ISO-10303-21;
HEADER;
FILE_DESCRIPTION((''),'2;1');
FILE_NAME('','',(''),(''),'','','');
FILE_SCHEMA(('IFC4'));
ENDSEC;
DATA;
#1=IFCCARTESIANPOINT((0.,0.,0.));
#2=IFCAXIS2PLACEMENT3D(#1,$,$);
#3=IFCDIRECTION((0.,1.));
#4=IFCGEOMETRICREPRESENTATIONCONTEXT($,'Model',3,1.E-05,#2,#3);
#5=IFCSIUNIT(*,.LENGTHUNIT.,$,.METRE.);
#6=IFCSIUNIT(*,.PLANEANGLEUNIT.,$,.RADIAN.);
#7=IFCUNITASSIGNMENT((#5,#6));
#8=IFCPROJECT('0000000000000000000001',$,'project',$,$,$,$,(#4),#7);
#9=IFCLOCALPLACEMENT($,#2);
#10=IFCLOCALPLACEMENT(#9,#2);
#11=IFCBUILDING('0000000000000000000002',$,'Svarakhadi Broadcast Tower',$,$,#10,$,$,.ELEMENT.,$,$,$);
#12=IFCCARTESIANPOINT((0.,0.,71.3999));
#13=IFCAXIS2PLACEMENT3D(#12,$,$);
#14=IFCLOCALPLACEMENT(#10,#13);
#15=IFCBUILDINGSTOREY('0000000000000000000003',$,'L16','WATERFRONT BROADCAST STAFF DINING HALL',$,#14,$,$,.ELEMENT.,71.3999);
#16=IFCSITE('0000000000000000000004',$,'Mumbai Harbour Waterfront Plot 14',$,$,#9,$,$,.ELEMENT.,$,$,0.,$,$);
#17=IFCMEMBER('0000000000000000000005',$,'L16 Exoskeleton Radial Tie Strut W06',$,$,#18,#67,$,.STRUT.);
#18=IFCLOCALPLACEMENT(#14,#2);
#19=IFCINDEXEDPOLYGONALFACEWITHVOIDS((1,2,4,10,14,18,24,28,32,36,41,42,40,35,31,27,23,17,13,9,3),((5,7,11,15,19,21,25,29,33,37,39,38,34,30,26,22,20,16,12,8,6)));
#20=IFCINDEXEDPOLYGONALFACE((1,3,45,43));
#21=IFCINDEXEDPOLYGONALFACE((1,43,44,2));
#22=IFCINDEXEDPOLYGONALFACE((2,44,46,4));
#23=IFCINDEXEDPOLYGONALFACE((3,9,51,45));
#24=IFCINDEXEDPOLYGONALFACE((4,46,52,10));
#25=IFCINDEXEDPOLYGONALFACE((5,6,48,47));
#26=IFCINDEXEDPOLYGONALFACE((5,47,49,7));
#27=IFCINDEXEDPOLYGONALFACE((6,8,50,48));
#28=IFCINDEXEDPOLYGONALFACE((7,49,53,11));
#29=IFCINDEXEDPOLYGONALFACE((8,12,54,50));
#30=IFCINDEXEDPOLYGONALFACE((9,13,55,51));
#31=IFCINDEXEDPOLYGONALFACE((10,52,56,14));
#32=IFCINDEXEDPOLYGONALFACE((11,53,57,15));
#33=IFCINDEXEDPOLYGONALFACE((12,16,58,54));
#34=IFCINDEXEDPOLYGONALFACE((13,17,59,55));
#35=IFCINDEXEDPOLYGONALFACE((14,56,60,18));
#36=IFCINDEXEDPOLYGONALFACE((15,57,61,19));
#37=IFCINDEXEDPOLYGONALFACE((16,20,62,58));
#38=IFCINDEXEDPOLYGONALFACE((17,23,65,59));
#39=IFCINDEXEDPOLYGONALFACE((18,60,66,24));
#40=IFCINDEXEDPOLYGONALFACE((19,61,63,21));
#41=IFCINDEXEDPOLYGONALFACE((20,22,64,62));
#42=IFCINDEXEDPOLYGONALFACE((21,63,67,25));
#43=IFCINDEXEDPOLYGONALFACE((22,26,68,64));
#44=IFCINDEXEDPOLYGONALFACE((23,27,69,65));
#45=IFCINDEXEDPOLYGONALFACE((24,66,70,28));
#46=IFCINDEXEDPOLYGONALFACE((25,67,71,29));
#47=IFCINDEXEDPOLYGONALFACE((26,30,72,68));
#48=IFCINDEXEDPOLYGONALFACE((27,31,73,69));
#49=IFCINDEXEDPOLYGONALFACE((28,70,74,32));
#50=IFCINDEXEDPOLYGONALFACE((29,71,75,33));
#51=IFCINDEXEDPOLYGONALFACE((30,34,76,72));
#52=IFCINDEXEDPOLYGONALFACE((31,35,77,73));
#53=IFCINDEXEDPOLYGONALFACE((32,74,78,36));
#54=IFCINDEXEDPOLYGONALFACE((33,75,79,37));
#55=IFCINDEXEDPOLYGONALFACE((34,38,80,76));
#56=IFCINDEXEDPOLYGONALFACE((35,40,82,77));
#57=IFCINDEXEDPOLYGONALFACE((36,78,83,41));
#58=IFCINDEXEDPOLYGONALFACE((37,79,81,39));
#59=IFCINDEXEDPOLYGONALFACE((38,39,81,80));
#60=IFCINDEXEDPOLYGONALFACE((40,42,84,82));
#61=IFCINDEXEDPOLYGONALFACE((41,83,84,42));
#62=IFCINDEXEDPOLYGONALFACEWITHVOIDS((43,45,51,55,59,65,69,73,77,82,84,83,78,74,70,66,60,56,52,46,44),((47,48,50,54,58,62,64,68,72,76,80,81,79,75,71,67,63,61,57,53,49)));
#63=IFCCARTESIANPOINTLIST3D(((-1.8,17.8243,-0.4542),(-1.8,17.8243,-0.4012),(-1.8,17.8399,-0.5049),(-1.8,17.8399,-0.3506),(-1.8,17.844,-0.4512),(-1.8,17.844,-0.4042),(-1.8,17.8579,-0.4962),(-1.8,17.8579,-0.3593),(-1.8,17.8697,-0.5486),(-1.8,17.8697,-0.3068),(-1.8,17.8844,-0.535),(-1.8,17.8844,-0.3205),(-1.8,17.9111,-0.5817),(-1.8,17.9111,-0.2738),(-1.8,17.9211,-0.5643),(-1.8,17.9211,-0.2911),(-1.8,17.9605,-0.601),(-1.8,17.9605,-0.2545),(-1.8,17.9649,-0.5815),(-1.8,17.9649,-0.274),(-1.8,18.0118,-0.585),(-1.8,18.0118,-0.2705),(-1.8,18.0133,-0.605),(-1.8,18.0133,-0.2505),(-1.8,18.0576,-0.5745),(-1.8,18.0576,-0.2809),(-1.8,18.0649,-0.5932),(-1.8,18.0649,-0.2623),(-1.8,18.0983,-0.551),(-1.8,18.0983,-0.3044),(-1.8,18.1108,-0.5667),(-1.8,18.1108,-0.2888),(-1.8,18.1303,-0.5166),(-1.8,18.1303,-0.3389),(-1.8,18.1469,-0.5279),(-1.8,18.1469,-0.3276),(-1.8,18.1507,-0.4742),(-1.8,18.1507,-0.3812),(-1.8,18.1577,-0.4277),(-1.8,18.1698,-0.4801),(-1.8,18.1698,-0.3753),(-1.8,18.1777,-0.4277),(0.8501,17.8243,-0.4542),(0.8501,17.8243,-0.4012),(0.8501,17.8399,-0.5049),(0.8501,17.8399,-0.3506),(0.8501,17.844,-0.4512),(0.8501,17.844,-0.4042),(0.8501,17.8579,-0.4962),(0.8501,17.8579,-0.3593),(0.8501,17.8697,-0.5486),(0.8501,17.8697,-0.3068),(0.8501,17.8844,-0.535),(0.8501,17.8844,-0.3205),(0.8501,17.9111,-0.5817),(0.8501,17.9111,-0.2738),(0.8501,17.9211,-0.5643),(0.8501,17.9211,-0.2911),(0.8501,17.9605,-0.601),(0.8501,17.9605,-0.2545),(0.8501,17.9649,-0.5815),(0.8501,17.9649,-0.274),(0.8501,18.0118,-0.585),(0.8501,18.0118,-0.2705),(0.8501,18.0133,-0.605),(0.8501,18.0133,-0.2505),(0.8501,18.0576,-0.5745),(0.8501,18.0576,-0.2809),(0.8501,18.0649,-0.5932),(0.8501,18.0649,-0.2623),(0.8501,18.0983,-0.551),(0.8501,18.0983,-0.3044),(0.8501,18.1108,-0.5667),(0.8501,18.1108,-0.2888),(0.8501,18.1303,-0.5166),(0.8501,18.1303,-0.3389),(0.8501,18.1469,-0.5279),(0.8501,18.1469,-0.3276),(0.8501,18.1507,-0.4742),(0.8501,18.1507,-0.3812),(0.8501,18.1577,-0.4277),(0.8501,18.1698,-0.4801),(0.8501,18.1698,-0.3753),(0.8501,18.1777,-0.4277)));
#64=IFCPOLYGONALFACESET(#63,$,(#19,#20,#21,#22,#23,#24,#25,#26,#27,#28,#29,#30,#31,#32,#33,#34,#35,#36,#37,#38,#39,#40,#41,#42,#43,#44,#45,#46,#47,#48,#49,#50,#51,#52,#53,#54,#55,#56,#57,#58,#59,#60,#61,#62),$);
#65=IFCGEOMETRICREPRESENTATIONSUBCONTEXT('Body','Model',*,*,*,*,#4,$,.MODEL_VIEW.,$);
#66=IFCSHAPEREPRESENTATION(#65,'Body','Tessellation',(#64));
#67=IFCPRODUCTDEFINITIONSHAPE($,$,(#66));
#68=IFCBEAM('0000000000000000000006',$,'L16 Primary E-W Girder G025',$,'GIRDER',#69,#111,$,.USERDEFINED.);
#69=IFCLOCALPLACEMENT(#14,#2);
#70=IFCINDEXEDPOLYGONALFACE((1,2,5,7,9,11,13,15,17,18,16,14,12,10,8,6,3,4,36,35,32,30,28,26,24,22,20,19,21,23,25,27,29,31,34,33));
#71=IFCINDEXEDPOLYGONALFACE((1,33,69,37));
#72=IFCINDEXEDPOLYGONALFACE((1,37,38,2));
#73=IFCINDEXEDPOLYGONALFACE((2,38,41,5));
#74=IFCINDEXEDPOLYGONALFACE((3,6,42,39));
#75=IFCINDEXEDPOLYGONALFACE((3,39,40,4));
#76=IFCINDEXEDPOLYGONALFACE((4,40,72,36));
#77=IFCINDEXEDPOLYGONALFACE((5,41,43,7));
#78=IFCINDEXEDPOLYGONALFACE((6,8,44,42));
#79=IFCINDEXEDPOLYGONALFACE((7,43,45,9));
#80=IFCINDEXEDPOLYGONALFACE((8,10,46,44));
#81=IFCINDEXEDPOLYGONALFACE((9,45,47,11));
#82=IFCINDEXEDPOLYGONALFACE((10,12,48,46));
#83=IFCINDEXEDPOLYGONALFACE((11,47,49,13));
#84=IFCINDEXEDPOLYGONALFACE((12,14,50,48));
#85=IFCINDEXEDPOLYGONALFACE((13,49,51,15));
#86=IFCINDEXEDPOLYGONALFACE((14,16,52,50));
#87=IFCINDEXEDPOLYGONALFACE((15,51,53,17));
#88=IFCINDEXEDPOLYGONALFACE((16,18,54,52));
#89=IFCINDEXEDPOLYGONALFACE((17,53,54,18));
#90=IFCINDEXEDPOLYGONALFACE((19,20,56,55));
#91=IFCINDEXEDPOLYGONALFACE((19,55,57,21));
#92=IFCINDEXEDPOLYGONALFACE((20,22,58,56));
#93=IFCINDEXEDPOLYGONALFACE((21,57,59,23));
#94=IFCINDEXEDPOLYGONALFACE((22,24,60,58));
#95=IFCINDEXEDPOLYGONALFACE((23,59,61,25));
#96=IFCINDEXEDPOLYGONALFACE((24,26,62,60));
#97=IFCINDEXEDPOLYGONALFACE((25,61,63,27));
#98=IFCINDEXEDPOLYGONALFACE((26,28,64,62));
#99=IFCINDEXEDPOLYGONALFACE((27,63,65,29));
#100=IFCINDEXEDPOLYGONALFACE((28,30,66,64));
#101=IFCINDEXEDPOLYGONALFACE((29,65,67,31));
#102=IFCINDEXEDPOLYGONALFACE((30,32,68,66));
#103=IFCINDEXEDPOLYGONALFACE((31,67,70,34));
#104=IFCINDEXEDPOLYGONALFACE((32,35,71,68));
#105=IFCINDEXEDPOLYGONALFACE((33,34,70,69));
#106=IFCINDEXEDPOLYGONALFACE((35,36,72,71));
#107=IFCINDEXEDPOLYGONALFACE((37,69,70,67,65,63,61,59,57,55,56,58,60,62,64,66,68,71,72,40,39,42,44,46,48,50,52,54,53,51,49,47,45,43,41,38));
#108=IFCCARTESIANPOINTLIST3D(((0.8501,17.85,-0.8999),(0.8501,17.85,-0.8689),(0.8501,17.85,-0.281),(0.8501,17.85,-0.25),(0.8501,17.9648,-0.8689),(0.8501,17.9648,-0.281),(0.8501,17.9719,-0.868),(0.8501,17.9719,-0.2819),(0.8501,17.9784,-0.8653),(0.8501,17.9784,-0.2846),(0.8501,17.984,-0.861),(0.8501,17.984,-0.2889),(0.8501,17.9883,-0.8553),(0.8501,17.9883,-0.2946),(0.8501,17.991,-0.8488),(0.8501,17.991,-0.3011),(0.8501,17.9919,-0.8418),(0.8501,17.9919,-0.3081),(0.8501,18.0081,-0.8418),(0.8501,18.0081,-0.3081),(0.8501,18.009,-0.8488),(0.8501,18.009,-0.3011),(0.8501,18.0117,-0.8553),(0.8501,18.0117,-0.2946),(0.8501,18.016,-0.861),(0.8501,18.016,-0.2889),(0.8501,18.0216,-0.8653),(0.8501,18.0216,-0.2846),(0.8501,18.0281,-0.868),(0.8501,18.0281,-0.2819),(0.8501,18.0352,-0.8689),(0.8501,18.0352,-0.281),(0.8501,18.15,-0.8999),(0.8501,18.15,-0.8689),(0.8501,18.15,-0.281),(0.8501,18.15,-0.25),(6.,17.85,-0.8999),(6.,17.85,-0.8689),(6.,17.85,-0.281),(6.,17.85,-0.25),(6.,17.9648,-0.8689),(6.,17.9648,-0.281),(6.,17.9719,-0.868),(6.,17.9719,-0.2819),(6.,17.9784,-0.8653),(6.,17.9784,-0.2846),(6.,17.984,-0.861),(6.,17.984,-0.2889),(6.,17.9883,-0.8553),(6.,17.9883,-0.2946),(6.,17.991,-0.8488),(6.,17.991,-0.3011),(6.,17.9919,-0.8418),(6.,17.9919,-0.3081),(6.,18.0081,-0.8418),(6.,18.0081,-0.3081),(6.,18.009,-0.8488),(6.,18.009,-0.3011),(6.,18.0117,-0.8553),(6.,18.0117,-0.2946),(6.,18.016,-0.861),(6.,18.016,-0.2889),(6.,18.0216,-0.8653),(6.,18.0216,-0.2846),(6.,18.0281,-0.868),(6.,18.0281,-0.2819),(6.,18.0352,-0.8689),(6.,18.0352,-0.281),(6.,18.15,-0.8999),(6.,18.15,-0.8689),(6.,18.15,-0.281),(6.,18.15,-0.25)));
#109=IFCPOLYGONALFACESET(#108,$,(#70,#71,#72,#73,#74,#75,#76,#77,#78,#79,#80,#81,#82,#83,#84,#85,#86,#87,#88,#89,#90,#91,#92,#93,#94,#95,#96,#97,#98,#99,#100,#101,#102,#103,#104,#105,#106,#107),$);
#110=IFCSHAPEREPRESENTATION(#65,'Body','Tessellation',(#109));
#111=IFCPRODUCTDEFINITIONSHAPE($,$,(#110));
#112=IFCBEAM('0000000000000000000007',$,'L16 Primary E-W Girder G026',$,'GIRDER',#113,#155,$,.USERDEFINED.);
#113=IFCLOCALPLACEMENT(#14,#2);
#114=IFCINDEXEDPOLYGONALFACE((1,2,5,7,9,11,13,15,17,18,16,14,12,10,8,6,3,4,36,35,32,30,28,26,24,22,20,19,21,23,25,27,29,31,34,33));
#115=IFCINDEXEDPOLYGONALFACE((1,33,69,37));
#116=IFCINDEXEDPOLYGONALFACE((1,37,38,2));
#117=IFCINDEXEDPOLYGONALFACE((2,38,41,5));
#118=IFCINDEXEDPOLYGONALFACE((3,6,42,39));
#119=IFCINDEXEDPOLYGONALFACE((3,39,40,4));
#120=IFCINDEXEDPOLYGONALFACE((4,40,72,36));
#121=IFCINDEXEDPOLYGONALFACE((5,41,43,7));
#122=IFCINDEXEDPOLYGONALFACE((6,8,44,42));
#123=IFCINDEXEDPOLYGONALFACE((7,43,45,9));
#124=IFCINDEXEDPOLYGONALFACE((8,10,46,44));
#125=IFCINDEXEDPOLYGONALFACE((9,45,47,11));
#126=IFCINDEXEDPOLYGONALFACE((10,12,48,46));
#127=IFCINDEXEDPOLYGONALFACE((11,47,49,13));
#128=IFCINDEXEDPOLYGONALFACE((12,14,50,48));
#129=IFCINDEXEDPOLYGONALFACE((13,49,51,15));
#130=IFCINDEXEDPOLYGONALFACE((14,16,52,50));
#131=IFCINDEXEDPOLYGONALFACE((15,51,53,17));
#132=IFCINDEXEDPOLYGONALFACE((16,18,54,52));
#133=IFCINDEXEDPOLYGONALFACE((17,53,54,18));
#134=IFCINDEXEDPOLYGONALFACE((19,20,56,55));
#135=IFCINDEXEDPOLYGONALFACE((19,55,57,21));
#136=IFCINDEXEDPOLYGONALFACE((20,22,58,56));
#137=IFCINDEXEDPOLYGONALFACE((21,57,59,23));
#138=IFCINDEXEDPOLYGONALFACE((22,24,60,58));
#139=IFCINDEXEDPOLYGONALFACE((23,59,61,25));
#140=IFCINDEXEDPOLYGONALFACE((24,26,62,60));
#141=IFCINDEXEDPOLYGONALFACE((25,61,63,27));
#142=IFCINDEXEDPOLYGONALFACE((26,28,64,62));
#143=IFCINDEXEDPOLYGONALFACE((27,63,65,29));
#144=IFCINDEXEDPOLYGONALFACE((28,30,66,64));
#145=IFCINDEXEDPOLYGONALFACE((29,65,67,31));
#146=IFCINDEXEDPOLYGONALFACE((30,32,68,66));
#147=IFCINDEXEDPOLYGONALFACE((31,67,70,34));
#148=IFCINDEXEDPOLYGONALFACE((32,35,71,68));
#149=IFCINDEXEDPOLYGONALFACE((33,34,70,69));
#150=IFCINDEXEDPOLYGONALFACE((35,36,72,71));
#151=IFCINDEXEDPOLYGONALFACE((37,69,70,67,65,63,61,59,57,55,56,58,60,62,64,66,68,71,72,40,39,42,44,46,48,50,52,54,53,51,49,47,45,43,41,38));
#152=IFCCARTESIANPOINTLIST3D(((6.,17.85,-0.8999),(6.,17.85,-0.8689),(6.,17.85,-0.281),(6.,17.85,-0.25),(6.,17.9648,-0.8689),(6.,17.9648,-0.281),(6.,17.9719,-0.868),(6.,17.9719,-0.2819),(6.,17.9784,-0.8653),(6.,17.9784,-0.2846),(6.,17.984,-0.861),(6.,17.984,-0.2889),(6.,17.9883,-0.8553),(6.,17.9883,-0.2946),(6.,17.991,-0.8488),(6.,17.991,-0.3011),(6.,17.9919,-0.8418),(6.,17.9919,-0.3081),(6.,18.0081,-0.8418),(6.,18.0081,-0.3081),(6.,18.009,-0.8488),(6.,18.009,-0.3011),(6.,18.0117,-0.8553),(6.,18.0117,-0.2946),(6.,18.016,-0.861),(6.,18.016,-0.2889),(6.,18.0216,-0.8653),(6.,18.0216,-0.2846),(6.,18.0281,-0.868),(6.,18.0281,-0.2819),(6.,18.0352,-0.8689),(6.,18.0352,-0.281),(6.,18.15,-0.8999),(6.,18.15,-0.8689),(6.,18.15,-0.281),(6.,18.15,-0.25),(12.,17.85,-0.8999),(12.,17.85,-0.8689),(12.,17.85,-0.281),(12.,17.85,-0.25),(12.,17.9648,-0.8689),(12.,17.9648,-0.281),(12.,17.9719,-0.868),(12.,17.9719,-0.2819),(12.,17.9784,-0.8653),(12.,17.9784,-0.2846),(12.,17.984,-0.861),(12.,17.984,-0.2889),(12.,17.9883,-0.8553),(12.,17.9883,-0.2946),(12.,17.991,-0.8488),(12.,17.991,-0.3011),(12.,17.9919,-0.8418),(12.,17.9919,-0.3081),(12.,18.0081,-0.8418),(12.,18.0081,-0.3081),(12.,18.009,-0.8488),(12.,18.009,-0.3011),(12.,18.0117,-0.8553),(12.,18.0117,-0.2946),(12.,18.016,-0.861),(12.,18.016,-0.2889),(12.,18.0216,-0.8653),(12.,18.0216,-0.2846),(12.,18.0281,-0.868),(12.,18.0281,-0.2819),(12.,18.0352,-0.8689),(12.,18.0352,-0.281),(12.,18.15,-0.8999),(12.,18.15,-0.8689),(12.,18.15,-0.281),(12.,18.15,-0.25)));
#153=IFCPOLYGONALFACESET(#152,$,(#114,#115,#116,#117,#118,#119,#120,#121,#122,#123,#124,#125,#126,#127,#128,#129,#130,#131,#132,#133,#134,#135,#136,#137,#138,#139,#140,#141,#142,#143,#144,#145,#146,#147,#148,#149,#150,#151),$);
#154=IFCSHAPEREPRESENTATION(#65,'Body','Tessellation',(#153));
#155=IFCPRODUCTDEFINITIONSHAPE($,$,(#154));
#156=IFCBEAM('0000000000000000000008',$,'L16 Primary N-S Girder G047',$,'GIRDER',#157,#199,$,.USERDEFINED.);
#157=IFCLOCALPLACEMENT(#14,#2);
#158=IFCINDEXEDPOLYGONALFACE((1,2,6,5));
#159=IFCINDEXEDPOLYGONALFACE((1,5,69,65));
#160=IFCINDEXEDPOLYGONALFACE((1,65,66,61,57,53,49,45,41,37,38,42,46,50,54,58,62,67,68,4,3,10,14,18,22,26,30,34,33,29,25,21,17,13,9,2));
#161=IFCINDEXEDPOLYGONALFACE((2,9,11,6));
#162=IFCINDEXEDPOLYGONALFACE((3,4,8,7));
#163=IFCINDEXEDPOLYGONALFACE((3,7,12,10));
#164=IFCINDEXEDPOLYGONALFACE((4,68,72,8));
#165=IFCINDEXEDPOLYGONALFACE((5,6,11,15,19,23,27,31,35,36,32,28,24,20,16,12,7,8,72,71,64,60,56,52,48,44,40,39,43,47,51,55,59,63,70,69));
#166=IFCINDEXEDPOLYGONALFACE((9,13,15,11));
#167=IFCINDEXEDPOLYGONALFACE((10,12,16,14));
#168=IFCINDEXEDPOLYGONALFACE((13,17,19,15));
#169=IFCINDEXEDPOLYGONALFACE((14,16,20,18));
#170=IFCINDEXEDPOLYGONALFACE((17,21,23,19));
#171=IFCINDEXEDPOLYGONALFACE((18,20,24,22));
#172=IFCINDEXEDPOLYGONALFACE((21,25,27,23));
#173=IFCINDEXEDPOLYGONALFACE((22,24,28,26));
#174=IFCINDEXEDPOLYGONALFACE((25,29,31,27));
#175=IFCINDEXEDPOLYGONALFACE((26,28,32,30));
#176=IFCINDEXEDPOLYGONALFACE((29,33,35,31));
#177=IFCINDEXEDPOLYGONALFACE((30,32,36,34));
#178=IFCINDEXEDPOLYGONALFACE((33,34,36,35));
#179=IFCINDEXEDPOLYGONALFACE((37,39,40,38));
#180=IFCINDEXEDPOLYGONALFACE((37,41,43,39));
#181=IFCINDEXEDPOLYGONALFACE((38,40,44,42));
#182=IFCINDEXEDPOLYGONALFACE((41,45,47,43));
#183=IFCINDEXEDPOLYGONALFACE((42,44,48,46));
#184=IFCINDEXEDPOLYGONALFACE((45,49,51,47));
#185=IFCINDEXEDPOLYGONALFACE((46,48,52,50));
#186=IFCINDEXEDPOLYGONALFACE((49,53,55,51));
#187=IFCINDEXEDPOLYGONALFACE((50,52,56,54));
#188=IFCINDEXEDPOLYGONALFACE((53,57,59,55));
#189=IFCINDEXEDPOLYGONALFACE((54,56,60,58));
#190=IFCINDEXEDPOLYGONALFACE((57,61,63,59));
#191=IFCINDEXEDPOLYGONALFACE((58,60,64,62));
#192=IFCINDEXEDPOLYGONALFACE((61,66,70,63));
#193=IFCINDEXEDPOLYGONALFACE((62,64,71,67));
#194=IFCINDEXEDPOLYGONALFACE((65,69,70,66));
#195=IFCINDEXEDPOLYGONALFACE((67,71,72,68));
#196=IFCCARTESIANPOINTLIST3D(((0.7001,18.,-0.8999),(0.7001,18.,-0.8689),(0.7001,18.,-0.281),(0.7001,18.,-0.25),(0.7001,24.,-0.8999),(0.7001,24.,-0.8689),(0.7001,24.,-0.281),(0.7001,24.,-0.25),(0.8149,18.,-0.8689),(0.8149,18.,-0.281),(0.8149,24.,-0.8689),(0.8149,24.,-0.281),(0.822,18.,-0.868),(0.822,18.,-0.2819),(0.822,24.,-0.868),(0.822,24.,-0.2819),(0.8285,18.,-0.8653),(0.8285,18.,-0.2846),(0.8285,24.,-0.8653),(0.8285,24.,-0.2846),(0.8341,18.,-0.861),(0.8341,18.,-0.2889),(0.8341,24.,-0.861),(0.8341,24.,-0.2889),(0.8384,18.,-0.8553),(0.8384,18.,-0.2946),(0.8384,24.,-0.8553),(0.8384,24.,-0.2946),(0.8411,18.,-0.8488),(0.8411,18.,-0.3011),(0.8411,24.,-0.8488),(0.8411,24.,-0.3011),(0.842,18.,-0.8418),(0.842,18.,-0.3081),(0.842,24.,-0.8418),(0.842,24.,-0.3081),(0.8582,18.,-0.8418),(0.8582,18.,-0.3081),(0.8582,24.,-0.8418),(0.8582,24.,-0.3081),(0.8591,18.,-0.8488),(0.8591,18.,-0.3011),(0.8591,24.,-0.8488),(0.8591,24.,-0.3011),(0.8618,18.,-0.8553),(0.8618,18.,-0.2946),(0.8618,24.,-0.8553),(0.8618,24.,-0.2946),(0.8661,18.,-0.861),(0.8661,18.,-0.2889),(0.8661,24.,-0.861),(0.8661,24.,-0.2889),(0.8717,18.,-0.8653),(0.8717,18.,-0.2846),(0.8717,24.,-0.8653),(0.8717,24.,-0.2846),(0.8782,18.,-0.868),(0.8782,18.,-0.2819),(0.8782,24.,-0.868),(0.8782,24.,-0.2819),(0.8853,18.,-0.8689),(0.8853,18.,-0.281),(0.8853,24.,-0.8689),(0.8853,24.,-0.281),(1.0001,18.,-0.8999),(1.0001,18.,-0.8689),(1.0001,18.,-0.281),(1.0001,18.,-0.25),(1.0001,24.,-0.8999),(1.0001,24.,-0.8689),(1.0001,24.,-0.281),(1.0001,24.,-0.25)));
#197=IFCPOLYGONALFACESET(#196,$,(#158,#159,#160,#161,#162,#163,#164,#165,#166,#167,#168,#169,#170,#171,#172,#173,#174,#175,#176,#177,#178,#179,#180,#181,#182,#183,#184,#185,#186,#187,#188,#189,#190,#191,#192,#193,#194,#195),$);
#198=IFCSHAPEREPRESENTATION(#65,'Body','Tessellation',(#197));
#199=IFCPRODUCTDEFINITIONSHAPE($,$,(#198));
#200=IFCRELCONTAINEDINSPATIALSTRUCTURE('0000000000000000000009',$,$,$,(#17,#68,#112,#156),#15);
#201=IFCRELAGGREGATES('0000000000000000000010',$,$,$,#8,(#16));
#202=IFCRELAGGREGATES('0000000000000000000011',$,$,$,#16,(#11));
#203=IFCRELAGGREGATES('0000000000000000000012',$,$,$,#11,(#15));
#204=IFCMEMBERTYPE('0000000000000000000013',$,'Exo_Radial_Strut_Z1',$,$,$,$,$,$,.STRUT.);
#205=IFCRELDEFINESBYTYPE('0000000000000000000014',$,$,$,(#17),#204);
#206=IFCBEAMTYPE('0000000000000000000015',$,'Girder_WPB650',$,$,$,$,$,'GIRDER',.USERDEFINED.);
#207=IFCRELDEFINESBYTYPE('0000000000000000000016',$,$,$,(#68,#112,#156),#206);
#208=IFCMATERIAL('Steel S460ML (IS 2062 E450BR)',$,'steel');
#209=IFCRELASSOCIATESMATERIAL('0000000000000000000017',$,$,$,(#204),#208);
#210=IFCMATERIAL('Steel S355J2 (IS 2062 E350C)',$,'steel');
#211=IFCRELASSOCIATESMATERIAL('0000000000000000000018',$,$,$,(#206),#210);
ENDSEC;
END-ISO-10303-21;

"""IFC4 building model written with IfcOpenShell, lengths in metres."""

from ifc_helpers import new_model, si_unit, direction, frame, origin, origin_2d, place, context, subcontext, project, spatial, hollow_circle, i_section, extrude, material, material_profile, profile_set, type_object, element, save


model = new_model("IFC4")

# Units and contexts
model_context = context("Model", 3, precision=1e-05, world=origin(), true_north=direction((0.0, 1.0)))
body_context = subcontext(model_context, "Body", "Model", "MODEL_VIEW")
ifc_project = project(units=[si_unit("LENGTHUNIT", "METRE"), si_unit("PLANEANGLEUNIT", "RADIAN")], contexts=[model_context])

# Site, building, storey
site_placement = place(None, origin())
site = spatial("IfcSite", under=ifc_project, at=site_placement, Name="Mumbai Harbour Waterfront Plot 14", CompositionType="ELEMENT", RefElevation=0.0)
building_placement = place(site_placement, origin())
building = spatial("IfcBuilding", under=site, at=building_placement, Name="Svarakhadi Broadcast Tower", CompositionType="ELEMENT")
storey_placement = place(building_placement, frame((0.0, 0.0, 71.3999)))
storey = spatial("IfcBuildingStorey", under=building, at=storey_placement, Name="L16", Description="WATERFRONT BROADCAST STAFF DINING HALL", CompositionType="ELEMENT", Elevation=71.3999)

# Shared definitions
ifc_material_1 = material(Name="Steel S460ML (IS 2062 E450BR)", Category="steel")

# Shared definitions
ifc_material_2 = material(Name="Steel S355J2 (IS 2062 E350C)", Category="steel")

# Member
ifc_material_profile_1 = material_profile(ifc_material_1, hollow_circle(Radius=0.1777, WallThickness=0.02, at=origin_2d()), Name="CHS 355.6x20")
ifc_profile_set_1 = profile_set([ifc_material_profile_1], Name="Steel S460ML (IS 2062 E450BR)")
member_type_1 = type_object("IfcMemberType", Name="Exo_Radial_Strut_Z1", PredefinedType="STRUT", material=ifc_profile_set_1)
member_1_placement = place(storey_placement, frame((-1.8, 18.0, -0.4277), z_axis=(1.0, 0.0, 0.0), x_axis=(0.0, 1.0, 0.0)))
element("IfcMember", 1, at=member_1_placement, inside=storey, type_object=member_type_1, Name="L16 Exoskeleton Radial Tie Strut W06", PredefinedType="STRUT", context=body_context, shape_type="SweptSolid", body=[
    extrude(hollow_circle(Radius=0.1777, WallThickness=0.02, at=origin_2d()), origin(), (0.0, 0.0, 1.0), 2.6501),
])

# Beams
ifc_material_profile_2 = material_profile(ifc_material_2, i_section(OverallWidth=0.3, OverallDepth=0.6499, WebThickness=0.0161, FlangeThickness=0.031, FilletRadius=0.0271, at=origin_2d()), Name="WPB 650x300x225")
ifc_profile_set_2 = profile_set([ifc_material_profile_2], Name="Steel S355J2 (IS 2062 E350C)")
beam_type_1 = type_object("IfcBeamType", Name="Girder_WPB650", ElementType="GIRDER", PredefinedType="USERDEFINED", material=ifc_profile_set_2)
beam_1_placement = place(storey_placement, frame((0.8501, 18.0, -0.575), z_axis=(1.0, 0.0, 0.0), x_axis=(0.0, 1.0, 0.0)))
element("IfcBeam", 2, at=beam_1_placement, inside=storey, type_object=beam_type_1, Name="L16 Primary E-W Girder G025", ObjectType="GIRDER", PredefinedType="USERDEFINED", context=body_context, shape_type="SweptSolid", body=[
    extrude(i_section(OverallWidth=0.3, OverallDepth=0.6499, WebThickness=0.0161, FlangeThickness=0.031, FilletRadius=0.0271, at=origin_2d()), origin(), (0.0, 0.0, 1.0), 5.1499),
])
for number, where, z_axis, x_axis, name in (
    (3, (6.0, 18.0, -0.575), (1.0, 0.0, 0.0), (0.0, 1.0, 0.0), "L16 Primary E-W Girder G026"),
    (4, (0.8501, 18.0, -0.575), (0.0, 1.0, 0.0), (-1.0, 0.0, 0.0), "L16 Primary N-S Girder G047"),
):
    element("IfcBeam", number, at=place(storey_placement, frame(where, z_axis=z_axis, x_axis=x_axis)), inside=storey, type_object=beam_type_1, Name=name, ObjectType="GIRDER", PredefinedType="USERDEFINED", context=body_context, shape_type="SweptSolid", body=[
        extrude(i_section(OverallWidth=0.3, OverallDepth=0.6499, WebThickness=0.0161, FlangeThickness=0.031, FilletRadius=0.0271, at=origin_2d()), origin(), (0.0, 0.0, 1.0), 6.0),
    ])

save(model, "model.ifc")
